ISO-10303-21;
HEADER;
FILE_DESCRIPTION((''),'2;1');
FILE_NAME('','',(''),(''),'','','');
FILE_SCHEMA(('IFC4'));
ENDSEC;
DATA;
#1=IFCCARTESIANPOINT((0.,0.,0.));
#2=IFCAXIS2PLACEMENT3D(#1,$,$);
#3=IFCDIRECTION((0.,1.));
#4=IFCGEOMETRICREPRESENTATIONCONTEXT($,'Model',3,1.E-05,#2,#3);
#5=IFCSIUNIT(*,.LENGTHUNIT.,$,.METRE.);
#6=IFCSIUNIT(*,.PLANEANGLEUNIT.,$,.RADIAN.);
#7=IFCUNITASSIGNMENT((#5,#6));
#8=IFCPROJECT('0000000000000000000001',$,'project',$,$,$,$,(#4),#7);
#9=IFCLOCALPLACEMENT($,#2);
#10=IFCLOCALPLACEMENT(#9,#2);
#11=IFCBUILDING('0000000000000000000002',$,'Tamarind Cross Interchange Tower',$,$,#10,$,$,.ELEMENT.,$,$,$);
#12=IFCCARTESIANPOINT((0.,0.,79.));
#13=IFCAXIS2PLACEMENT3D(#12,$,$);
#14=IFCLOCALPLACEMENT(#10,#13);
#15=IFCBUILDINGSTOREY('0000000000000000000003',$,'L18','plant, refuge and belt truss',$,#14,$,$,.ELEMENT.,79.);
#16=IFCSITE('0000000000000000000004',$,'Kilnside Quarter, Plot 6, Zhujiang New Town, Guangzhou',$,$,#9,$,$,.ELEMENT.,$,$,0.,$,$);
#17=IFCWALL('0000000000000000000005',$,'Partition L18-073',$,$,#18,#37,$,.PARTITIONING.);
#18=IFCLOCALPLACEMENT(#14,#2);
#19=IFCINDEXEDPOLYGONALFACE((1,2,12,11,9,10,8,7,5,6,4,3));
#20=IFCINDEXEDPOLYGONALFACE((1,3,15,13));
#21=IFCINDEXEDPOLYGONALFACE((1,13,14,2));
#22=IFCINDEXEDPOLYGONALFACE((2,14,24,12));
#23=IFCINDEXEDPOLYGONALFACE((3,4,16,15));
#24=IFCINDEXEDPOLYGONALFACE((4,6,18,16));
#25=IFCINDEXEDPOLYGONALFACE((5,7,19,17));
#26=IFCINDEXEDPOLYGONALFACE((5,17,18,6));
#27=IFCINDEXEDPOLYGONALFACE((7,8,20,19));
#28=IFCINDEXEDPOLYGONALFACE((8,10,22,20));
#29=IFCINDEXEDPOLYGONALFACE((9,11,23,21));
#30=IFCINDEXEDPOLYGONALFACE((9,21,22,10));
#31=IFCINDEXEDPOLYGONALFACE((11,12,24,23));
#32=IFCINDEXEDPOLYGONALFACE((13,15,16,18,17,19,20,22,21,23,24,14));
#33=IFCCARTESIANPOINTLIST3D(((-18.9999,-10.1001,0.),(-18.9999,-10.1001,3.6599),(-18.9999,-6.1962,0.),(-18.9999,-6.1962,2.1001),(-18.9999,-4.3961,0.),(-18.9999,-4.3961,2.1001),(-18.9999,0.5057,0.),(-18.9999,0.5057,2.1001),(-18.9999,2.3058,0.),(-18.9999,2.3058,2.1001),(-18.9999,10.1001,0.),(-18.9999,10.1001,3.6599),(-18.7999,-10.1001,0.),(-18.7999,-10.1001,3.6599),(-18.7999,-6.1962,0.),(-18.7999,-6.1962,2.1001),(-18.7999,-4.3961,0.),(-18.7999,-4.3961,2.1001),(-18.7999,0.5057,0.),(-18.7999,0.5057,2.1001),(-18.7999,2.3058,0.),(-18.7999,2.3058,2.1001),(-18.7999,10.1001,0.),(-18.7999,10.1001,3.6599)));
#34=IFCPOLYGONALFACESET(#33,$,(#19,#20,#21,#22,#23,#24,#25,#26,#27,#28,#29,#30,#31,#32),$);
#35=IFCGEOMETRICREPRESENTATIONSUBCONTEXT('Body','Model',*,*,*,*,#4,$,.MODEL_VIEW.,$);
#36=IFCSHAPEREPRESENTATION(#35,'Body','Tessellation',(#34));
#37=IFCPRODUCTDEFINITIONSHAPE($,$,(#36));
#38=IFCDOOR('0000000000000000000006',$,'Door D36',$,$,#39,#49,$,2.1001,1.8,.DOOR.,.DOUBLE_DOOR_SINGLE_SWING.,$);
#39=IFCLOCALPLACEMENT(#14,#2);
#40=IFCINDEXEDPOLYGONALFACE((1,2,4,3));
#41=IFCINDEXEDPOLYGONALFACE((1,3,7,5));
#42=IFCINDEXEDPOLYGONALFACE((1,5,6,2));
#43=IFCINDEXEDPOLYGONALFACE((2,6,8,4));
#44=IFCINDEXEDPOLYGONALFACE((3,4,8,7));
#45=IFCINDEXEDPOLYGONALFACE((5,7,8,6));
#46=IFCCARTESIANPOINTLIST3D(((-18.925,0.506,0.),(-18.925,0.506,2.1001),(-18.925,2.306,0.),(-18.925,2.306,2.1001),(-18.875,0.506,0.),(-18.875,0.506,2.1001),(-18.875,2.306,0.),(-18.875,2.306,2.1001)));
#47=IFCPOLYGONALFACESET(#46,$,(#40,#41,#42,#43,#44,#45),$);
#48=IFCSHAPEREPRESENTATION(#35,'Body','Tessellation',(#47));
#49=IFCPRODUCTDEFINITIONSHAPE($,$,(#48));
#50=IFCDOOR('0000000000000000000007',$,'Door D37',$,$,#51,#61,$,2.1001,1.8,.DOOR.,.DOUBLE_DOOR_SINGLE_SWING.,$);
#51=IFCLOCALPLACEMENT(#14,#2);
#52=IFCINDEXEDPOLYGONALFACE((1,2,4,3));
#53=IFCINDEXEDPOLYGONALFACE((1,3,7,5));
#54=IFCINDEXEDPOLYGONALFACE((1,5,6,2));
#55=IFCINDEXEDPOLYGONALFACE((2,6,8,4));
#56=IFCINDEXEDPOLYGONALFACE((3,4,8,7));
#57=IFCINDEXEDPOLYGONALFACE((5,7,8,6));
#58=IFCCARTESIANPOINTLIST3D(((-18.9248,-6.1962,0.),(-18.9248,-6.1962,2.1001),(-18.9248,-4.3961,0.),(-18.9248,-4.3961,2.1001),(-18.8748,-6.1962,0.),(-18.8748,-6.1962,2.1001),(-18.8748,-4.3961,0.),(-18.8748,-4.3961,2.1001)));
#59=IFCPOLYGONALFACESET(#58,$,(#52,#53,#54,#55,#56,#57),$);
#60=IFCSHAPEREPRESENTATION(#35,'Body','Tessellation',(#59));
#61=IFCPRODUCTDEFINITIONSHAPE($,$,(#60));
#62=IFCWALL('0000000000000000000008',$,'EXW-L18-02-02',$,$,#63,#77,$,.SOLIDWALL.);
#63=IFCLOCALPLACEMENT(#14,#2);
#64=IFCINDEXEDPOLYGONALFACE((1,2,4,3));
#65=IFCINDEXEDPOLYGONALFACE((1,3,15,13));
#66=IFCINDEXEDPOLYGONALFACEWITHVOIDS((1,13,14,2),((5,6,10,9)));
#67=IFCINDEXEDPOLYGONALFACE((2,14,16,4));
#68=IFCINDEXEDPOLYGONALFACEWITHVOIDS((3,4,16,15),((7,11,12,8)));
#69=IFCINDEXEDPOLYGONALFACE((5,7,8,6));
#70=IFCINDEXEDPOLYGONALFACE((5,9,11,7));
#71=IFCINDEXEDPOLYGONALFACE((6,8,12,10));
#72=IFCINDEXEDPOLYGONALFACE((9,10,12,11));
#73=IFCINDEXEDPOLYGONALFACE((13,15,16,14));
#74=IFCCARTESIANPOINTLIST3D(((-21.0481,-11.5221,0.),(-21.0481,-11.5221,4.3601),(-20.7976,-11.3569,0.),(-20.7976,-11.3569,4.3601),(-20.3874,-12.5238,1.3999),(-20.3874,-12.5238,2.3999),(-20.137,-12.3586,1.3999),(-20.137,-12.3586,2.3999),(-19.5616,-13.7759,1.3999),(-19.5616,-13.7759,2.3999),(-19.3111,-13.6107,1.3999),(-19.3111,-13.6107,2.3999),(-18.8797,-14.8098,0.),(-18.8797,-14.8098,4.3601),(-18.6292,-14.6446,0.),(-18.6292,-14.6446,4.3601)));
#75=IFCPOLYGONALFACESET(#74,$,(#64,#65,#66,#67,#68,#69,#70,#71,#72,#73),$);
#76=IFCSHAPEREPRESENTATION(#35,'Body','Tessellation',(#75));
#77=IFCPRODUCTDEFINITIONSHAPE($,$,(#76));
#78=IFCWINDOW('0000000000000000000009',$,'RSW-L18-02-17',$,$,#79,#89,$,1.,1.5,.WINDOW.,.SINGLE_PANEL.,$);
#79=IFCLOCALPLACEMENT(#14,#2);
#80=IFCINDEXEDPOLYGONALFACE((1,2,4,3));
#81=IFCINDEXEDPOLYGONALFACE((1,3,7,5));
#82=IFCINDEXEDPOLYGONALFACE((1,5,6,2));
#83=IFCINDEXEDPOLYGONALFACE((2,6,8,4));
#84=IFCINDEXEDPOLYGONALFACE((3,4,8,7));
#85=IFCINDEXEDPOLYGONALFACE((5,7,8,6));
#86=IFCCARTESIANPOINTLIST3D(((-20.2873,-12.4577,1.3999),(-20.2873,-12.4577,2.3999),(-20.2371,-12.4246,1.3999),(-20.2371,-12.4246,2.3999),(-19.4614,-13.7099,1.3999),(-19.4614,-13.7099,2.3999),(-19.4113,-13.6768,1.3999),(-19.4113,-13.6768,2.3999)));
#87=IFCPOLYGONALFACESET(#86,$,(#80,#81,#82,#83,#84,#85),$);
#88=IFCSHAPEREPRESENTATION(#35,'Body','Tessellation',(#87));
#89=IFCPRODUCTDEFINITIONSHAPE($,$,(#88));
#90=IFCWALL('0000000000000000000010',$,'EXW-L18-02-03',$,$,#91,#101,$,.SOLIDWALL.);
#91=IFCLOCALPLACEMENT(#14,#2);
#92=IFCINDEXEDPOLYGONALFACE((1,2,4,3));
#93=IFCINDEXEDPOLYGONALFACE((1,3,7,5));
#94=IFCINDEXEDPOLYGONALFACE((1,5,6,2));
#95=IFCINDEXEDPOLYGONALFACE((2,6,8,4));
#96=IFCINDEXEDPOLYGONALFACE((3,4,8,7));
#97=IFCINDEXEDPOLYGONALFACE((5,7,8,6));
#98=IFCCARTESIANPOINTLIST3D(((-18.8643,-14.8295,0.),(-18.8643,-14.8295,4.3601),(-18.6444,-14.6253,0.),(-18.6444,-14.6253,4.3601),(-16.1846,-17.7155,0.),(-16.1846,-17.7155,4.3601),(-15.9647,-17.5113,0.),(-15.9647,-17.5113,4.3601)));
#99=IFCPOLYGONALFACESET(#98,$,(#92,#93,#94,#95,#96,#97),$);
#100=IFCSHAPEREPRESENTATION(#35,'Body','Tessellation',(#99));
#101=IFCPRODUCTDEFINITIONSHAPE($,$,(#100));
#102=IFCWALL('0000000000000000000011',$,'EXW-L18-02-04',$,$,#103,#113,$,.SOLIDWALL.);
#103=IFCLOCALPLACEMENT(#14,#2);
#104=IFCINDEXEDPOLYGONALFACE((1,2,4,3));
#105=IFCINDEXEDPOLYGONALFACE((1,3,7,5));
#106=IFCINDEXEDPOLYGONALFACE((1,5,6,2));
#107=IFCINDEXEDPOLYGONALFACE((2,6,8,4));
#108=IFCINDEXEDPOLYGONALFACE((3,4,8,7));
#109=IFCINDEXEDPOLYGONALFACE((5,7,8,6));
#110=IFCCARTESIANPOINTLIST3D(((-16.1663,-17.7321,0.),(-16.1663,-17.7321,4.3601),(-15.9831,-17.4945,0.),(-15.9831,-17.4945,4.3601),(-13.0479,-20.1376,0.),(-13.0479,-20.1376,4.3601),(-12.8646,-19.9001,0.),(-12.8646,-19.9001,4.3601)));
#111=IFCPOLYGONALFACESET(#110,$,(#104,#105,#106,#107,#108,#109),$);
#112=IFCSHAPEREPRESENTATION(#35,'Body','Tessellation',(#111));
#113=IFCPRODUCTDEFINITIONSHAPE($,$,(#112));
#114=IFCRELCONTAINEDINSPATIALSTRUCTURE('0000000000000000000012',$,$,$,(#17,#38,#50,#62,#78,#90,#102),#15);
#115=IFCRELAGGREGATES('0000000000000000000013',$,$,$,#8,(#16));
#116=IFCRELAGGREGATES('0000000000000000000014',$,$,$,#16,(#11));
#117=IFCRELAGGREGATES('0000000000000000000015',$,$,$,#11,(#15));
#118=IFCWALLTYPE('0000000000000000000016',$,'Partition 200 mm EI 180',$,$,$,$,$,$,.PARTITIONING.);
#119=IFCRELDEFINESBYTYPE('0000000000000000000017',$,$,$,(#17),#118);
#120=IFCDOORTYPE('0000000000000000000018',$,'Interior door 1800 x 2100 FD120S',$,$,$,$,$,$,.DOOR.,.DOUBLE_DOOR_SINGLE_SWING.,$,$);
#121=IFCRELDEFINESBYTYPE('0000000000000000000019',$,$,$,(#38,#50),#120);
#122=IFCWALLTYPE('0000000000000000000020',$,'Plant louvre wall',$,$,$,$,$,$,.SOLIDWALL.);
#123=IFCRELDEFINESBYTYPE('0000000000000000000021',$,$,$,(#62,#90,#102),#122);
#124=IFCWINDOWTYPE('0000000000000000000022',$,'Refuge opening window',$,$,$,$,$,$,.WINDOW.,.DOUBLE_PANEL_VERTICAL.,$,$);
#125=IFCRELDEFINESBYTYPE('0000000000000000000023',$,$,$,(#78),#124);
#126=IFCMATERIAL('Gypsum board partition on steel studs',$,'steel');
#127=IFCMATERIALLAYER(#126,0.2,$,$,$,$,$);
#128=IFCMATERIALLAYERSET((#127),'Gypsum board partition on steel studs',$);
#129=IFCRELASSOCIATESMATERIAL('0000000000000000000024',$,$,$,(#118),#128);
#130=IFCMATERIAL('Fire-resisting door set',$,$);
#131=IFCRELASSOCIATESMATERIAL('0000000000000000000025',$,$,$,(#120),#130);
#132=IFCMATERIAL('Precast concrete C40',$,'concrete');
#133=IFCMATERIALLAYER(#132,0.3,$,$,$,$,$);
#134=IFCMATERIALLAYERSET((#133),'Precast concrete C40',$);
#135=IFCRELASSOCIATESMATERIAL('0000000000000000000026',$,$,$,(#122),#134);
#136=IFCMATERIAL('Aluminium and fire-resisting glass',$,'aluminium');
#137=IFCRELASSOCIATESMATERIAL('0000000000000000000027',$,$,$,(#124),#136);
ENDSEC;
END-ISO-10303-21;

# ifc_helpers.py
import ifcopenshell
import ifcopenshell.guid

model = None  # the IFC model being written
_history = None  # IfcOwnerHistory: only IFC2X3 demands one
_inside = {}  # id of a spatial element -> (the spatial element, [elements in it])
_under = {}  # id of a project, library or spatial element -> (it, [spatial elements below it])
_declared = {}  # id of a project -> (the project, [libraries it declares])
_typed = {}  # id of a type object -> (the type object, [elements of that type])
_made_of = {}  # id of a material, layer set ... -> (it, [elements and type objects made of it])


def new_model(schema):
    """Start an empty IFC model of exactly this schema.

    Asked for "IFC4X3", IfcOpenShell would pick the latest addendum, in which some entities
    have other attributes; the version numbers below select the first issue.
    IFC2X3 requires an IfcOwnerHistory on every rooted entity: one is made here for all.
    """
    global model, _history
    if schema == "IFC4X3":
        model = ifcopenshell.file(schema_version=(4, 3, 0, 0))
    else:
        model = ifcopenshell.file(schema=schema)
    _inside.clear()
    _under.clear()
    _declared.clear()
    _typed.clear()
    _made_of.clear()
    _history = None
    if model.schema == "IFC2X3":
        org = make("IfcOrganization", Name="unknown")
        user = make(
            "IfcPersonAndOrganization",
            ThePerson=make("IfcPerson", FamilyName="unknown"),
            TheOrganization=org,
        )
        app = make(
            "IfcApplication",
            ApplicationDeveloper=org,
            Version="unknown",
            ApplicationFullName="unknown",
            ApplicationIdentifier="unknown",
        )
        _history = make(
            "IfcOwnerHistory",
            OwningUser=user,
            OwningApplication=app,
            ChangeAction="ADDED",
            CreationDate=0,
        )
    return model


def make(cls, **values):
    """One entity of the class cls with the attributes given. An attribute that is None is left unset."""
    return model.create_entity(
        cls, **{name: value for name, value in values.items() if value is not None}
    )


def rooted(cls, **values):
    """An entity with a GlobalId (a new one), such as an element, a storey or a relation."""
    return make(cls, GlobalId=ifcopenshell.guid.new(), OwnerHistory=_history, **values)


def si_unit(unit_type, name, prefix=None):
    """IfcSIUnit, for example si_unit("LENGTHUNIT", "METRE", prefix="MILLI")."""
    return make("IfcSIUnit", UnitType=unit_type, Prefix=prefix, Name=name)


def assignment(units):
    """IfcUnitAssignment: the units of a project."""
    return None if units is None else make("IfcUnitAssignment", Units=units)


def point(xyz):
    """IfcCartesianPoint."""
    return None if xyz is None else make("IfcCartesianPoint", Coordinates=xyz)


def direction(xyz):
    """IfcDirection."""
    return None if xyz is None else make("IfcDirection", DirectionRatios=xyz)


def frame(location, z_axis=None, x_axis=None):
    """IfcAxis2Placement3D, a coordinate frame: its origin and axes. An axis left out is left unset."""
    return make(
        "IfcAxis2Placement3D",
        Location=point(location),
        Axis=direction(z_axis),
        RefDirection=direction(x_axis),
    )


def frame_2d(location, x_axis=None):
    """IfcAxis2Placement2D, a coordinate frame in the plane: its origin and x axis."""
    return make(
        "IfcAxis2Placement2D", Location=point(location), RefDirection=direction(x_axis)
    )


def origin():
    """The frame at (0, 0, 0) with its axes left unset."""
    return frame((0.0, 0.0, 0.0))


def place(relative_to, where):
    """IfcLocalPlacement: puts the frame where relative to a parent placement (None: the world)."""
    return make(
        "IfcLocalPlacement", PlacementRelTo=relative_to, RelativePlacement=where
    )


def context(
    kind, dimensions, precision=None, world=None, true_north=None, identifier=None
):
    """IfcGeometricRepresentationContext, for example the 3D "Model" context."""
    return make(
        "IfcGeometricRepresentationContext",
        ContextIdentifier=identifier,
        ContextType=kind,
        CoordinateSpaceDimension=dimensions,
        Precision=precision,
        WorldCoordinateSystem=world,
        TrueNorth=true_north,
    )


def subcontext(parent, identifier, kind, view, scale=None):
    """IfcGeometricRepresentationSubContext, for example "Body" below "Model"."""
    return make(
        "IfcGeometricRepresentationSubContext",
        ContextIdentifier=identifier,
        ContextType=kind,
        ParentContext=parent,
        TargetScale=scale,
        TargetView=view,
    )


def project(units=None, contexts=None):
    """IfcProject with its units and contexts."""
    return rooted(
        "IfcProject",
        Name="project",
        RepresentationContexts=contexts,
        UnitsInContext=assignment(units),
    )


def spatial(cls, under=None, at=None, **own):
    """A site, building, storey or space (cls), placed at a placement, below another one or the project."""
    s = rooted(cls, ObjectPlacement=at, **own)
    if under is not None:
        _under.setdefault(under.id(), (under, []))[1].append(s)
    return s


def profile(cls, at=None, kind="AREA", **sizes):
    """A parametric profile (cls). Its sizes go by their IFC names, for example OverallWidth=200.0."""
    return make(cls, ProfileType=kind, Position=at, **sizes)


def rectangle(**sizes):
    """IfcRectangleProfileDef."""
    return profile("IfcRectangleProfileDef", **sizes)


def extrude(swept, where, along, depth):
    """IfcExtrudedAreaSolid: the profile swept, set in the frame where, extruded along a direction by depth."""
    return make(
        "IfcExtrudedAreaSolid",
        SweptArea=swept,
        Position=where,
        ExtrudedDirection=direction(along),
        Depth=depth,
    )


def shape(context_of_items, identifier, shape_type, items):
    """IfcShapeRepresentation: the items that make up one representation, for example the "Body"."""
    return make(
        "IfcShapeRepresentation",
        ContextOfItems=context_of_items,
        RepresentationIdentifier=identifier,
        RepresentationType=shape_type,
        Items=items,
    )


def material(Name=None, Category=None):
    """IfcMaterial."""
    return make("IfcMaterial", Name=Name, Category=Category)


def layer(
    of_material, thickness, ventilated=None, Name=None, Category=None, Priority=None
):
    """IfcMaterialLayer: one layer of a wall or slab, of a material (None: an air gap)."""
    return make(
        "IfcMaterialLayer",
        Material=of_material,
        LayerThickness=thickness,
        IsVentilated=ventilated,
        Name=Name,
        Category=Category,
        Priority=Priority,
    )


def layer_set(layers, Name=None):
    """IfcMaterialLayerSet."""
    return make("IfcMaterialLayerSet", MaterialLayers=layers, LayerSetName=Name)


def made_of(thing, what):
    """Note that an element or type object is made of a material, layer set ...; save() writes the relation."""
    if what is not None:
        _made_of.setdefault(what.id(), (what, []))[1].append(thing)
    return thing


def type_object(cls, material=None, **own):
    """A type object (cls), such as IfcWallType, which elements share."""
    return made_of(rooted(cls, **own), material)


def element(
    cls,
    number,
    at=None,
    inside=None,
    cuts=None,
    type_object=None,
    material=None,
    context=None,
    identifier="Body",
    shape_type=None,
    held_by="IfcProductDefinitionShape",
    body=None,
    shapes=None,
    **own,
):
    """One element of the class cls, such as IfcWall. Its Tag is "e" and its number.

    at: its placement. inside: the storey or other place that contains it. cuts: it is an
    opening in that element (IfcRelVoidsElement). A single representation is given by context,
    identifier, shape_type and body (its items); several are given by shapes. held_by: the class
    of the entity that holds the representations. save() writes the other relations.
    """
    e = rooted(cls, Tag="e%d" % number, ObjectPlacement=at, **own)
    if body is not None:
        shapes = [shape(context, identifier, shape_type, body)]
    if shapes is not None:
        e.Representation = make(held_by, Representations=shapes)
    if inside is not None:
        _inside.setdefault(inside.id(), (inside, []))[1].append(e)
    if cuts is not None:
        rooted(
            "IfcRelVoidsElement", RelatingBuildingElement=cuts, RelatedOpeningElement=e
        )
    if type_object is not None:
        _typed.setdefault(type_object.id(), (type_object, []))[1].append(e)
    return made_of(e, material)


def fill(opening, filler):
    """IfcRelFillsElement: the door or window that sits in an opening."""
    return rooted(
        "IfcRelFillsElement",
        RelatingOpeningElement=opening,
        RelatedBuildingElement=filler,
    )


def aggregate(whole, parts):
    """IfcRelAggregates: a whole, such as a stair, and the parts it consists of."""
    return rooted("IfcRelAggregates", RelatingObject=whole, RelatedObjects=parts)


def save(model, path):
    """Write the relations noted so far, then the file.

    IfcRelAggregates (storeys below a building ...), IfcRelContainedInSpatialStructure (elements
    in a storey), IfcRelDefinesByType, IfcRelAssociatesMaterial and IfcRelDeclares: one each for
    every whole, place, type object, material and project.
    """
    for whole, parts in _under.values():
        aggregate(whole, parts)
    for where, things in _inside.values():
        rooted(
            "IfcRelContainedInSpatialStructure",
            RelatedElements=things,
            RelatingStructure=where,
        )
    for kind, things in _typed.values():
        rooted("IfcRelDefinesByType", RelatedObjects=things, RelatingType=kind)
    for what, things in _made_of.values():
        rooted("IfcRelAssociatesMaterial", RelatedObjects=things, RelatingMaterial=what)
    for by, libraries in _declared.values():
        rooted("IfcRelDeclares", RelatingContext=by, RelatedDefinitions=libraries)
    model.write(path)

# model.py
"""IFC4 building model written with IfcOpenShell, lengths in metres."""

from ifc_helpers import new_model, si_unit, direction, frame, frame_2d, origin, place, context, subcontext, project, spatial, rectangle, extrude, material, layer, layer_set, type_object, element, fill, save


model = new_model("IFC4")

# Units and contexts
model_context = context("Model", 3, precision=1e-05, world=origin(), true_north=direction((0.0, 1.0)))
body_context = subcontext(model_context, "Body", "Model", "MODEL_VIEW")
ifc_project = project(units=[si_unit("LENGTHUNIT", "METRE"), si_unit("PLANEANGLEUNIT", "RADIAN")], contexts=[model_context])

# Site, building, storey
site_placement = place(None, origin())
site = spatial("IfcSite", under=ifc_project, at=site_placement, Name="Kilnside Quarter, Plot 6, Zhujiang New Town, Guangzhou", CompositionType="ELEMENT", RefElevation=0.0)
building_placement = place(site_placement, origin())
building = spatial("IfcBuilding", under=site, at=building_placement, Name="Tamarind Cross Interchange Tower", CompositionType="ELEMENT")
storey_placement = place(building_placement, frame((0.0, 0.0, 79.0)))
storey = spatial("IfcBuildingStorey", under=building, at=storey_placement, Name="L18", Description="plant, refuge and belt truss", CompositionType="ELEMENT", Elevation=79.0)

# Shared definitions
ifc_material_1 = material(Name="Gypsum board partition on steel studs", Category="steel")
ifc_layer_1 = layer(ifc_material_1, 0.2)
ifc_layer_set_1 = layer_set([ifc_layer_1], Name="Gypsum board partition on steel studs")
wall_type_1 = type_object("IfcWallType", Name="Partition 200 mm EI 180", PredefinedType="PARTITIONING", material=ifc_layer_set_1)

# Wall, openings, doors
ifc_material_2 = material(Name="Fire-resisting door set")
door_type_1 = type_object("IfcDoorType", Name="Interior door 1800 x 2100 FD120S", OperationType="DOUBLE_DOOR_SINGLE_SWING", PredefinedType="DOOR", material=ifc_material_2)
wall_1_placement = place(storey_placement, frame((-18.8999, -10.1001, 0.0), z_axis=(0.0, 0.0, 1.0), x_axis=(0.0, 1.0, 0.0)))
wall_1 = element("IfcWall", 1, at=wall_1_placement, inside=storey, type_object=wall_type_1, Name="Partition L18-073", PredefinedType="PARTITIONING", context=body_context, shape_type="SweptSolid", body=[
    extrude(rectangle(XDim=20.2002, YDim=0.2, at=frame_2d((10.1001, 0.0))), origin(), (0.0, 0.0, 1.0), 3.6599),
])
opening_1_placement = place(wall_1_placement, frame((10.606, 0.0, 0.0)))
opening_1 = element("IfcOpeningElement", 2, at=opening_1_placement, cuts=wall_1, PredefinedType="OPENING", context=body_context, shape_type="SweptSolid", body=[
    extrude(rectangle(XDim=1.8, YDim=2.1001, at=frame_2d((0.8999, 1.05))), frame((0.0, 0.1099, 0.0), z_axis=(0.0, -1.0, 0.0), x_axis=(1.0, 0.0, 0.0)), (0.0, 0.0, 1.0), 0.22),
])
opening_2_placement = place(wall_1_placement, frame((3.9041, 0.0, 0.0)))
opening_2 = element("IfcOpeningElement", 3, at=opening_2_placement, cuts=wall_1, PredefinedType="OPENING", context=body_context, shape_type="SweptSolid", body=[
    extrude(rectangle(XDim=1.8, YDim=2.1001, at=frame_2d((0.8999, 1.05))), frame((0.0, 0.1099, 0.0), z_axis=(0.0, -1.0, 0.0), x_axis=(1.0, 0.0, 0.0)), (0.0, 0.0, 1.0), 0.22),
])
door_1_placement = place(opening_1_placement, frame((1.8, 0.0, 0.0), z_axis=(0.0, 0.0, 1.0), x_axis=(-1.0, 0.0, 0.0)))
door_1 = element("IfcDoor", 4, at=door_1_placement, inside=storey, type_object=door_type_1, Name="Door D36", OperationType="DOUBLE_DOOR_SINGLE_SWING", OverallHeight=2.1001, OverallWidth=1.8, PredefinedType="DOOR", context=body_context, shape_type="SweptSolid", body=[
    extrude(rectangle(XDim=1.8, YDim=2.1001, at=frame_2d((0.8999, 1.05))), frame((0.0, 0.0249, 0.0), z_axis=(0.0, -1.0, 0.0), x_axis=(1.0, 0.0, 0.0)), (0.0, 0.0, 1.0), 0.05),
])
fill(opening_1, door_1)
door_2_placement = place(opening_2_placement, origin())
door_2 = element("IfcDoor", 5, at=door_2_placement, inside=storey, type_object=door_type_1, Name="Door D37", OperationType="DOUBLE_DOOR_SINGLE_SWING", OverallHeight=2.1001, OverallWidth=1.8, PredefinedType="DOOR", context=body_context, shape_type="SweptSolid", body=[
    extrude(rectangle(XDim=1.8, YDim=2.1001, at=frame_2d((0.8999, 1.05))), frame((0.0, 0.0249, 0.0), z_axis=(0.0, -1.0, 0.0), x_axis=(1.0, 0.0, 0.0)), (0.0, 0.0, 1.0), 0.05),
])
fill(opening_2, door_2)

# Wall, opening, window
ifc_material_3 = material(Name="Precast concrete C40", Category="concrete")
ifc_layer_2 = layer(ifc_material_3, 0.3)
ifc_layer_set_2 = layer_set([ifc_layer_2], Name="Precast concrete C40")
wall_type_2 = type_object("IfcWallType", Name="Plant louvre wall", PredefinedType="SOLIDWALL", material=ifc_layer_set_2)
wall_2_placement = place(storey_placement, frame((-20.9229, -11.4395, 0.0), z_axis=(0.0, 0.0, 1.0), x_axis=(0.550574, -0.834787, 0.0)))
wall_2 = element("IfcWall", 6, at=wall_2_placement, inside=storey, type_object=wall_type_2, Name="EXW-L18-02-02", PredefinedType="SOLIDWALL", context=body_context, shape_type="SweptSolid", body=[
    extrude(rectangle(XDim=3.9385, YDim=0.3, at=frame_2d((1.9692, 0.0))), origin(), (0.0, 0.0, 1.0), 4.3601),
])
opening_3_placement = place(wall_2_placement, frame((1.2, 0.0, 1.3999)))
opening_3 = element("IfcOpeningElement", 7, at=opening_3_placement, cuts=wall_2, PredefinedType="OPENING", context=body_context, shape_type="SweptSolid", body=[
    extrude(rectangle(XDim=1.5, YDim=1.0, at=frame_2d((0.75, 0.5))), frame((0.0, 0.1599, 0.0), z_axis=(0.0, -1.0, 0.0), x_axis=(1.0, 0.0, 0.0)), (0.0, 0.0, 1.0), 0.3201),
])
ifc_material_4 = material(Name="Aluminium and fire-resisting glass", Category="aluminium")
window_type = type_object("IfcWindowType", Name="Refuge opening window", PartitioningType="DOUBLE_PANEL_VERTICAL", PredefinedType="WINDOW", material=ifc_material_4)
window_placement = place(opening_3_placement, origin())
window = element("IfcWindow", 8, at=window_placement, inside=storey, type_object=window_type, Name="RSW-L18-02-17", OverallHeight=1.0, OverallWidth=1.5, PartitioningType="SINGLE_PANEL", PredefinedType="WINDOW", context=body_context, shape_type="SweptSolid", body=[
    extrude(rectangle(XDim=1.5, YDim=1.0, at=frame_2d((0.75, 0.5))), frame((0.0, 0.03, 0.0), z_axis=(0.0, -1.0, 0.0), x_axis=(1.0, 0.0, 0.0)), (0.0, 0.0, 1.0), 0.0601),
])
fill(opening_3, window)

# Walls
wall_3_placement = place(storey_placement, frame((-18.7544, -14.7273, 0.0), z_axis=(0.0, 0.0, 1.0), x_axis=(0.68043, -0.732813, 0.0)))
element("IfcWall", 9, at=wall_3_placement, inside=storey, type_object=wall_type_2, Name="EXW-L18-02-03", PredefinedType="SOLIDWALL", context=body_context, shape_type="SweptSolid", body=[
    extrude(rectangle(XDim=3.9382, YDim=0.3, at=frame_2d((1.9692, 0.0))), origin(), (0.0, 0.0, 1.0), 4.3601),
])
wall_4_placement = place(storey_placement, frame((-16.0747, -17.6133, 0.0), z_axis=(0.0, 0.0, 1.0), x_axis=(0.791796, -0.610786, 0.0)))
element("IfcWall", 10, at=wall_4_placement, inside=storey, type_object=wall_type_2, Name="EXW-L18-02-04", PredefinedType="SOLIDWALL", context=body_context, shape_type="SweptSolid", body=[
    extrude(rectangle(XDim=3.9385, YDim=0.3, at=frame_2d((1.9692, 0.0))), origin(), (0.0, 0.0, 1.0), 4.3601),
])

save(model, "model.ifc")
